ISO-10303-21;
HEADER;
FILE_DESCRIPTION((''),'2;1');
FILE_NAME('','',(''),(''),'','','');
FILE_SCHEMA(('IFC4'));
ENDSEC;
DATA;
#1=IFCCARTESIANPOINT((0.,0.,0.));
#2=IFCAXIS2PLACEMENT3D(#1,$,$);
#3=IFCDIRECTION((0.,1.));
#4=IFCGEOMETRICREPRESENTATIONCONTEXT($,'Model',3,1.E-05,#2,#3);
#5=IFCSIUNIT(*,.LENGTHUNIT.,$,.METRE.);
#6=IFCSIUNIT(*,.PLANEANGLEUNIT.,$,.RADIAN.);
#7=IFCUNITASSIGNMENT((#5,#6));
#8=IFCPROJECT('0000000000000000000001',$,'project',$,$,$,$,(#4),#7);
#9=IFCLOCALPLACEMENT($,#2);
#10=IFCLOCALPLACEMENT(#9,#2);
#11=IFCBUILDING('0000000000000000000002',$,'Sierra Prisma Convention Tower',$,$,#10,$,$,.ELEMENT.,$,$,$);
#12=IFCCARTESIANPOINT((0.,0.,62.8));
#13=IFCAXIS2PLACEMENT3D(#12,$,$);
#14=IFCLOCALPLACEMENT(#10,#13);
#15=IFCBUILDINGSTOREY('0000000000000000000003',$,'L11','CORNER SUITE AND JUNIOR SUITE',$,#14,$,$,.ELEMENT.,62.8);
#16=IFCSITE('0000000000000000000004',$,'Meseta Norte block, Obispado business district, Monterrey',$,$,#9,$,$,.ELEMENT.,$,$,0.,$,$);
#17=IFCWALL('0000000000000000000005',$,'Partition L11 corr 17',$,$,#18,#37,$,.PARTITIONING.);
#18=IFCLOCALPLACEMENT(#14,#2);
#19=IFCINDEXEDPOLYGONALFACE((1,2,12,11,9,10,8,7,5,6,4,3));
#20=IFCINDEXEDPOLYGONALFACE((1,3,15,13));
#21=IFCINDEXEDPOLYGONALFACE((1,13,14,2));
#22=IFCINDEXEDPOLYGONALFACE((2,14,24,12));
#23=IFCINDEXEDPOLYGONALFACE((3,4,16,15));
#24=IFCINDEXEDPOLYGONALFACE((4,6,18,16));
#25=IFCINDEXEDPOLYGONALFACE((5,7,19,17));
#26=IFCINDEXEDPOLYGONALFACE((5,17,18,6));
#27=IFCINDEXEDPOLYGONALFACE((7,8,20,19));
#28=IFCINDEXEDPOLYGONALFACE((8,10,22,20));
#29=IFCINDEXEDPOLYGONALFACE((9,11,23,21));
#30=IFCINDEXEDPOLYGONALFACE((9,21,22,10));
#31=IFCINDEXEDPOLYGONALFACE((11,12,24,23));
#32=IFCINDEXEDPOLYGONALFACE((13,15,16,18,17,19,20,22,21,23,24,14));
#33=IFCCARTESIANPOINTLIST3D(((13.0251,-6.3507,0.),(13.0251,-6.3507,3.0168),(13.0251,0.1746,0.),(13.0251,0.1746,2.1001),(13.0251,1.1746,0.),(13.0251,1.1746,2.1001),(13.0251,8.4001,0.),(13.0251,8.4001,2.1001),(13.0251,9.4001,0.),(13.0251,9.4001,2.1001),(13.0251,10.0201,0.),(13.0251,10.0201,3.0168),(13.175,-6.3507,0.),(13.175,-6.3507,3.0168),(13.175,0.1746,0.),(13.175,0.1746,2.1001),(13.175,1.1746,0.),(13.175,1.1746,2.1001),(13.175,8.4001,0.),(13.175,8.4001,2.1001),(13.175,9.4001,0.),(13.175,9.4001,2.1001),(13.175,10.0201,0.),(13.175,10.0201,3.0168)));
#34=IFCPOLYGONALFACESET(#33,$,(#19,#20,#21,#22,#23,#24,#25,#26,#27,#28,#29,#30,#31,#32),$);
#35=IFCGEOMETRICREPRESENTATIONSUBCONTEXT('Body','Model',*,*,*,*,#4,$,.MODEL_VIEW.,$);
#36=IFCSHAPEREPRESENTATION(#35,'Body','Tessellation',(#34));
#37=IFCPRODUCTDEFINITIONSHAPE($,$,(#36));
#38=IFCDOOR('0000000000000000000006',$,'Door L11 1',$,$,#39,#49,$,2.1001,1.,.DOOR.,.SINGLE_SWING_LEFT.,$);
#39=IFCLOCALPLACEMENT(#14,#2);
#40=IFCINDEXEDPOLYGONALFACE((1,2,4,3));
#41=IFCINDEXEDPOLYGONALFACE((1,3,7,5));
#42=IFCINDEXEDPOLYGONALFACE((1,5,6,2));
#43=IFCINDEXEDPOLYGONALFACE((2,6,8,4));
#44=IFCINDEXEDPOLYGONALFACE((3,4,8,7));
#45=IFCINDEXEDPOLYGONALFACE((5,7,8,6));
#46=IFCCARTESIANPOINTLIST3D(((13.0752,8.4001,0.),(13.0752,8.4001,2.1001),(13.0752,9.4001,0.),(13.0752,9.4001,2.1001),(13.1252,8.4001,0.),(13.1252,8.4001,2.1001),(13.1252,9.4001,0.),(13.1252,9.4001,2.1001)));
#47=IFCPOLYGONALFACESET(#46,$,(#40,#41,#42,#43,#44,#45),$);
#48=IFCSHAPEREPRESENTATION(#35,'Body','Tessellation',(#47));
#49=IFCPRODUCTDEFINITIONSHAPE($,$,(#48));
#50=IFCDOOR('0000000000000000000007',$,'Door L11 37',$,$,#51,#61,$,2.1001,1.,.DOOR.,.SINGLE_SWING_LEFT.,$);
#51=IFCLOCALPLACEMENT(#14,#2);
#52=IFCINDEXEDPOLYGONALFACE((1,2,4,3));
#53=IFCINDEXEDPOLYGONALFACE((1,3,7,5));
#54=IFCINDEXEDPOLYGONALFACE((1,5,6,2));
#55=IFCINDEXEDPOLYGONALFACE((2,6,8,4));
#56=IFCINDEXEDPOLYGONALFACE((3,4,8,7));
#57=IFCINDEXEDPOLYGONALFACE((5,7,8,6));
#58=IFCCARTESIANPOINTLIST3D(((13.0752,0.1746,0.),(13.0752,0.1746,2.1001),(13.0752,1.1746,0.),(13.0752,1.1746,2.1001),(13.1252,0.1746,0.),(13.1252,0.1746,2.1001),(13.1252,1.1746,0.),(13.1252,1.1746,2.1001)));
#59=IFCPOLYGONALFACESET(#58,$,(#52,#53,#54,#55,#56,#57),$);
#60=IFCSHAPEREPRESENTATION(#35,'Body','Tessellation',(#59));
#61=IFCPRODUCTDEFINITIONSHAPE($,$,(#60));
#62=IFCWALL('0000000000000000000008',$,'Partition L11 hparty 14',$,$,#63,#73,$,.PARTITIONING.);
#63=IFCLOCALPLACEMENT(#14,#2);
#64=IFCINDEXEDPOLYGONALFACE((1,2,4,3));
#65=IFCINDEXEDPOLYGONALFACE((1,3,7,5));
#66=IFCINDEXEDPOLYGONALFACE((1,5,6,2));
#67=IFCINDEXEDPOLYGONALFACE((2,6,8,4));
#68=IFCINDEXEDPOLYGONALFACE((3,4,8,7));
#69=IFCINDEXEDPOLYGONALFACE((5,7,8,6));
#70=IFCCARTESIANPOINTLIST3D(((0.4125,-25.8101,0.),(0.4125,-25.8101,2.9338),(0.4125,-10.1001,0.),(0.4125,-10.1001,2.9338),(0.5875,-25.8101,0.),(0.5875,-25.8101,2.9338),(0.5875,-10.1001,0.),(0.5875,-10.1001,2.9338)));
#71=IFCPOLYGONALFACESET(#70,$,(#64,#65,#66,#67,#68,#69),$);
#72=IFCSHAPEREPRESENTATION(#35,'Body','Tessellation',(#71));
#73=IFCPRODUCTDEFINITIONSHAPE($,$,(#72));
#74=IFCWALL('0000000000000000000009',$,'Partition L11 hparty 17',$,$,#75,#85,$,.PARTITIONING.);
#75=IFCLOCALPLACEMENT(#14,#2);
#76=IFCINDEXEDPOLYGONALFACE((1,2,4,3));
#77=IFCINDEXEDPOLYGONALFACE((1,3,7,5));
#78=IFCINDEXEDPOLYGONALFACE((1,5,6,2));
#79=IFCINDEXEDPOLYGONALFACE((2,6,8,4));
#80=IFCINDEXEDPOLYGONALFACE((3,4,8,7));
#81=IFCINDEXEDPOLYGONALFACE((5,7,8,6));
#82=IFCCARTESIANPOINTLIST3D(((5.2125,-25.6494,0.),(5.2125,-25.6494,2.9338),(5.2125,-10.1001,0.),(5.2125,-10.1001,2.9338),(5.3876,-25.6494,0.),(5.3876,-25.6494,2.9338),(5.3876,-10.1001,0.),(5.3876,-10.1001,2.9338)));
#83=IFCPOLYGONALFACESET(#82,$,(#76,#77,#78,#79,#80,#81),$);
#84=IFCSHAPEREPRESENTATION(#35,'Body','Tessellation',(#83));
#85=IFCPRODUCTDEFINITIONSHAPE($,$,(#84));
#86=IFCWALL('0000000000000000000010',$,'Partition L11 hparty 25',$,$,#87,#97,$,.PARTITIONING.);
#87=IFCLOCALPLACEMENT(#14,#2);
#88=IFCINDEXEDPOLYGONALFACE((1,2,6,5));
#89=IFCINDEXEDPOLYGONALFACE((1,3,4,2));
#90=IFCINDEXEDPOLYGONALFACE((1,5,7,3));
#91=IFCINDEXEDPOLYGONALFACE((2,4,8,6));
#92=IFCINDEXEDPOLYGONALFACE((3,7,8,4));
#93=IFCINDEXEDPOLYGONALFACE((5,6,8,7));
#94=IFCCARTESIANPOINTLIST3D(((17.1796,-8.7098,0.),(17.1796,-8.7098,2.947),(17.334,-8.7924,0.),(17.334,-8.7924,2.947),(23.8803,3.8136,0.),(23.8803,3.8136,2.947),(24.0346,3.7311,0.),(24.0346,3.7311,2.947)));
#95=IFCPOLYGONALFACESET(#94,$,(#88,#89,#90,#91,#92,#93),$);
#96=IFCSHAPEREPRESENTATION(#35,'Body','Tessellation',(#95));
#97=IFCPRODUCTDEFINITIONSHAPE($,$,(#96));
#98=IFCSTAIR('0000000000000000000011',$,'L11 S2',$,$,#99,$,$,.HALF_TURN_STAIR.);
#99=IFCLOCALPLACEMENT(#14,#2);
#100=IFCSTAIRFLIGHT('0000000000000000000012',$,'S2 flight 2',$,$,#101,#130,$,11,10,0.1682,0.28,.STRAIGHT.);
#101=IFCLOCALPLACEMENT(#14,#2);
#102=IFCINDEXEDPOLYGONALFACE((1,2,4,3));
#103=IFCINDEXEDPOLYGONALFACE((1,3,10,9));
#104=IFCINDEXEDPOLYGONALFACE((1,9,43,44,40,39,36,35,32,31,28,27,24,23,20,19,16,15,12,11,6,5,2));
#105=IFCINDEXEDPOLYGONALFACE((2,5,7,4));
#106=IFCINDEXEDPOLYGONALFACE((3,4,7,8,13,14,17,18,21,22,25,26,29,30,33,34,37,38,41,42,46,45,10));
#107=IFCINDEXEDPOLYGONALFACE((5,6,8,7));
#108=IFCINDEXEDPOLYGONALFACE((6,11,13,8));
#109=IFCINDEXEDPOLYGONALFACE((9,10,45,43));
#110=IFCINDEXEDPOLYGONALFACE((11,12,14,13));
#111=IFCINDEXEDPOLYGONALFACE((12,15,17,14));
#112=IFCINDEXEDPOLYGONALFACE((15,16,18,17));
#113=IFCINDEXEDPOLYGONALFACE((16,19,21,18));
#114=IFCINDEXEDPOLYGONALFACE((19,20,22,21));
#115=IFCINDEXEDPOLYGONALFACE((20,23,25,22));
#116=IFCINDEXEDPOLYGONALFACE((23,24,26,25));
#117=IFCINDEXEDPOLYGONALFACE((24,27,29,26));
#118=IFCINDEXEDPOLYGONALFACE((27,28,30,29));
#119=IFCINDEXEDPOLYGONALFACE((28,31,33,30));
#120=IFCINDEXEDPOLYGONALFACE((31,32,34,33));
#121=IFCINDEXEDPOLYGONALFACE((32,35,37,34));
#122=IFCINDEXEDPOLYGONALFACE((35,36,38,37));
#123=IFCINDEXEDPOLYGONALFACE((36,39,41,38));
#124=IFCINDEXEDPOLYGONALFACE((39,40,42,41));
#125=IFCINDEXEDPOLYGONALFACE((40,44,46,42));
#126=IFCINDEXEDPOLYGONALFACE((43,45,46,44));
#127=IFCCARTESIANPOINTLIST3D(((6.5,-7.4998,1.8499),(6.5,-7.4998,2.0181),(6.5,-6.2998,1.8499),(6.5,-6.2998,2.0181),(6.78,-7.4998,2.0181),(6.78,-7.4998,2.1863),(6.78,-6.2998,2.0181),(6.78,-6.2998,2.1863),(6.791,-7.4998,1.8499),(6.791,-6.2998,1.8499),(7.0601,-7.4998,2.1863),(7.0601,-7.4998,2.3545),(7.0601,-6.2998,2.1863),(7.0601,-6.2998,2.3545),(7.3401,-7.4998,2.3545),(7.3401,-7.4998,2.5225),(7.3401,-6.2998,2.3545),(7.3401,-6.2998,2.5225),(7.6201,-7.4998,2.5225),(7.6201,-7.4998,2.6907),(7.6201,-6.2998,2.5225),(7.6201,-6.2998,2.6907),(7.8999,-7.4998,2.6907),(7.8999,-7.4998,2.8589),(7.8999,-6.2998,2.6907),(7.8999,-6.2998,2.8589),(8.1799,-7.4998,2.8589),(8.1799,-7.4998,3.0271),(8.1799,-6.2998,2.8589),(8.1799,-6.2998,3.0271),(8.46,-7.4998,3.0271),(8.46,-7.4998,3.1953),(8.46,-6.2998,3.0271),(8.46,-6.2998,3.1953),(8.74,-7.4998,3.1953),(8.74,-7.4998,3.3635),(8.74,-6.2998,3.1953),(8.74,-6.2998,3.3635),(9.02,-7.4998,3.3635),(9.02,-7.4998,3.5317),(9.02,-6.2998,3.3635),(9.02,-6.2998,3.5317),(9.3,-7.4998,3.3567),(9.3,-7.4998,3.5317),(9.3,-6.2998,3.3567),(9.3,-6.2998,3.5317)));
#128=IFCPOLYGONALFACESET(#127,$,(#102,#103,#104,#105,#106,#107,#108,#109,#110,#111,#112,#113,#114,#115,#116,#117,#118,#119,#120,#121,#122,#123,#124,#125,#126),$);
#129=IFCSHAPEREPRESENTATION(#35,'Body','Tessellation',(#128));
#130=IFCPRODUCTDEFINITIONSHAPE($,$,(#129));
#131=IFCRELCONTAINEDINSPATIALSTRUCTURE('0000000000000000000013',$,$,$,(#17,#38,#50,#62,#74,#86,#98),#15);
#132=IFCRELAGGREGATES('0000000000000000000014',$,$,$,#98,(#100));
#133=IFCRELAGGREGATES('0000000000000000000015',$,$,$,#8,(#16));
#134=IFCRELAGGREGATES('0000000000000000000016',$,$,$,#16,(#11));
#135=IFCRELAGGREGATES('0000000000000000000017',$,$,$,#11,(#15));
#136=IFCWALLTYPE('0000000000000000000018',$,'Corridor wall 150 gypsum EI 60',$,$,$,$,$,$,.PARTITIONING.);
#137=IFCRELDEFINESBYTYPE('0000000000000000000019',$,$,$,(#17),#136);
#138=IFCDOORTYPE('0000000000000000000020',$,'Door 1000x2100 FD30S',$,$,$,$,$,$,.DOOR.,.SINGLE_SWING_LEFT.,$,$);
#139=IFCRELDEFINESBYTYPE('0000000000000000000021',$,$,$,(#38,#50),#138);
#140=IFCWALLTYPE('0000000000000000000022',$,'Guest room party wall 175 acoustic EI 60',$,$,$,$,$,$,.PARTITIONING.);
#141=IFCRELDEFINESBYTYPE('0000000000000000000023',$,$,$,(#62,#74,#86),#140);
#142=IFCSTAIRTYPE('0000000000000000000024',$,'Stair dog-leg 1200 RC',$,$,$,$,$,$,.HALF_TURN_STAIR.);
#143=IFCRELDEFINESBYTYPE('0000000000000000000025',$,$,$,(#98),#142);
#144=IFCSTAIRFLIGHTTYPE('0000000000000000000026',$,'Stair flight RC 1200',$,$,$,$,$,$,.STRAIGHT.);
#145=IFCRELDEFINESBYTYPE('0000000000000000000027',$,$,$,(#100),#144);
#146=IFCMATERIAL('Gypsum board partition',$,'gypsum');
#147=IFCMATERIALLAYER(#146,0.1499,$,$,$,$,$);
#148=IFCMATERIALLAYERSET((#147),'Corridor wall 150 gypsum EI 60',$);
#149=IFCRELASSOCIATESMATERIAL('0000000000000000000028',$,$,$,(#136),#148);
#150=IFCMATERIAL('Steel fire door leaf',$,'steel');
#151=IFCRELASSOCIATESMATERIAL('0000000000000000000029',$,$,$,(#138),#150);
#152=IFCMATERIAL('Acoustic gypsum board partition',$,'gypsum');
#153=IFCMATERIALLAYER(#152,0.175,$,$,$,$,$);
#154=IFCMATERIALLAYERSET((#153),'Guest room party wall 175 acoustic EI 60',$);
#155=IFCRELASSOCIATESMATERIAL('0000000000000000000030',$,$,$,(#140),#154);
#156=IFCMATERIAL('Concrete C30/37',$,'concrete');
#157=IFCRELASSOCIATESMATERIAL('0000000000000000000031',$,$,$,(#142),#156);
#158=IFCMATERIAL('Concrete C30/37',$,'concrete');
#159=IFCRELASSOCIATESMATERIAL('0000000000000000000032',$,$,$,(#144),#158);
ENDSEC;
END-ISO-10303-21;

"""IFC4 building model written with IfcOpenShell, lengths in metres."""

from ifc_helpers import new_model, si_unit, direction, frame, frame_2d, origin, place, context, subcontext, project, spatial, polyline, rectangle, outline, extrude, material, layer, layer_set, type_object, element, fill, aggregate, save


model = new_model("IFC4")

# Units and contexts
model_context = context("Model", 3, precision=1e-05, world=origin(), true_north=direction((0.0, 1.0)))
body_context = subcontext(model_context, "Body", "Model", "MODEL_VIEW")
ifc_project = project(units=[si_unit("LENGTHUNIT", "METRE"), si_unit("PLANEANGLEUNIT", "RADIAN")], contexts=[model_context])

# Site, building, storey
site_placement = place(None, origin())
site = spatial("IfcSite", under=ifc_project, at=site_placement, Name="Meseta Norte block, Obispado business district, Monterrey", CompositionType="ELEMENT", RefElevation=0.0)
building_placement = place(site_placement, origin())
building = spatial("IfcBuilding", under=site, at=building_placement, Name="Sierra Prisma Convention Tower", CompositionType="ELEMENT")
storey_placement = place(building_placement, frame((0.0, 0.0, 62.8)))
storey = spatial("IfcBuildingStorey", under=building, at=storey_placement, Name="L11", Description="CORNER SUITE AND JUNIOR SUITE", CompositionType="ELEMENT", Elevation=62.8)

# Shared definitions
ifc_material_1 = material(Name="Gypsum board partition", Category="gypsum")
ifc_layer_1 = layer(ifc_material_1, 0.1499)
ifc_layer_set_1 = layer_set([ifc_layer_1], Name="Corridor wall 150 gypsum EI 60")
wall_type_1 = type_object("IfcWallType", Name="Corridor wall 150 gypsum EI 60", PredefinedType="PARTITIONING", material=ifc_layer_set_1)

# Wall, openings, doors
ifc_material_2 = material(Name="Steel fire door leaf", Category="steel")
door_type_1 = type_object("IfcDoorType", Name="Door 1000x2100 FD30S", OperationType="SINGLE_SWING_LEFT", PredefinedType="DOOR", material=ifc_material_2)
wall_1_placement = place(storey_placement, frame((13.1001, -6.3508, 0.0), z_axis=(0.0, 0.0, 1.0), x_axis=(0.0, 1.0, 0.0)))
wall_1 = element("IfcWall", 1, at=wall_1_placement, inside=storey, type_object=wall_type_1, Name="Partition L11 corr 17", PredefinedType="PARTITIONING", context=body_context, shape_type="SweptSolid", body=[
    extrude(rectangle(XDim=16.3708, YDim=0.1499, at=frame_2d((8.1855, 0.0))), origin(), (0.0, 0.0, 1.0), 3.0168),
])
opening_1_placement = place(wall_1_placement, frame((14.751, 0.0, 0.0)))
opening_1 = element("IfcOpeningElement", 2, at=opening_1_placement, cuts=wall_1, PredefinedType="OPENING", context=body_context, shape_type="SweptSolid", body=[
    extrude(rectangle(XDim=1.0, YDim=2.1001, at=frame_2d((0.5, 1.05))), frame((0.0, 0.075, 0.0), z_axis=(0.0, -1.0, 0.0), x_axis=(1.0, 0.0, 0.0)), (0.0, 0.0, 1.0), 0.1499),
])
opening_2_placement = place(wall_1_placement, frame((6.5254, 0.0, 0.0)))
opening_2 = element("IfcOpeningElement", 3, at=opening_2_placement, cuts=wall_1, PredefinedType="OPENING", context=body_context, shape_type="SweptSolid", body=[
    extrude(rectangle(XDim=1.0, YDim=2.1001, at=frame_2d((0.5, 1.05))), frame((0.0, 0.075, 0.0), z_axis=(0.0, -1.0, 0.0), x_axis=(1.0, 0.0, 0.0)), (0.0, 0.0, 1.0), 0.1499),
])
door_1_placement = place(opening_1_placement, origin())
door_1 = element("IfcDoor", 4, at=door_1_placement, inside=storey, type_object=door_type_1, Name="Door L11 1", OperationType="SINGLE_SWING_LEFT", OverallHeight=2.1001, OverallWidth=1.0, PredefinedType="DOOR", context=body_context, shape_type="SweptSolid", body=[
    extrude(rectangle(XDim=1.0, YDim=2.1001, at=frame_2d((0.5, 1.05))), frame((0.0, 0.0249, 0.0), z_axis=(0.0, -1.0, 0.0), x_axis=(1.0, 0.0, 0.0)), (0.0, 0.0, 1.0), 0.05),
])
fill(opening_1, door_1)
door_2_placement = place(opening_2_placement, origin())
door_2 = element("IfcDoor", 5, at=door_2_placement, inside=storey, type_object=door_type_1, Name="Door L11 37", OperationType="SINGLE_SWING_LEFT", OverallHeight=2.1001, OverallWidth=1.0, PredefinedType="DOOR", context=body_context, shape_type="SweptSolid", body=[
    extrude(rectangle(XDim=1.0, YDim=2.1001, at=frame_2d((0.5, 1.05))), frame((0.0, 0.0249, 0.0), z_axis=(0.0, -1.0, 0.0), x_axis=(1.0, 0.0, 0.0)), (0.0, 0.0, 1.0), 0.05),
])
fill(opening_2, door_2)

# Walls
ifc_material_3 = material(Name="Acoustic gypsum board partition", Category="gypsum")
ifc_layer_2 = layer(ifc_material_3, 0.175)
ifc_layer_set_2 = layer_set([ifc_layer_2], Name="Guest room party wall 175 acoustic EI 60")
wall_type_2 = type_object("IfcWallType", Name="Guest room party wall 175 acoustic EI 60", PredefinedType="PARTITIONING", material=ifc_layer_set_2)
wall_2_placement = place(storey_placement, frame((0.5, -10.1001, 0.0), z_axis=(0.0, 0.0, 1.0), x_axis=(0.0, -1.0, 0.0)))
element("IfcWall", 6, at=wall_2_placement, inside=storey, type_object=wall_type_2, Name="Partition L11 hparty 14", PredefinedType="PARTITIONING", context=body_context, shape_type="SweptSolid", body=[
    extrude(rectangle(XDim=15.71, YDim=0.175, at=frame_2d((7.855, 0.0))), origin(), (0.0, 0.0, 1.0), 2.9338),
])
wall_3_placement = place(storey_placement, frame((5.3, -10.1001, 0.0), z_axis=(0.0, 0.0, 1.0), x_axis=(0.0, -1.0, 0.0)))
element("IfcWall", 7, at=wall_3_placement, inside=storey, type_object=wall_type_2, Name="Partition L11 hparty 17", PredefinedType="PARTITIONING", context=body_context, shape_type="SweptSolid", body=[
    extrude(rectangle(XDim=15.5493, YDim=0.175, at=frame_2d((7.7747, 0.0))), origin(), (0.0, 0.0, 1.0), 2.9338),
])
wall_4_placement = place(storey_placement, frame((17.2568, -8.751, 0.0), z_axis=(0.0, 0.0, 1.0), x_axis=(0.471767, 0.881723, 0.0)))
element("IfcWall", 8, at=wall_4_placement, inside=storey, type_object=wall_type_2, Name="Partition L11 hparty 25", PredefinedType="PARTITIONING", context=body_context, shape_type="SweptSolid", body=[
    extrude(rectangle(XDim=14.2034, YDim=0.175, at=frame_2d((7.1016, 0.0))), origin(), (0.0, 0.0, 1.0), 2.947),
])

# Stair, stair flight
ifc_material_4 = material(Name="Concrete C30/37", Category="concrete")
stair_type = type_object("IfcStairType", Name="Stair dog-leg 1200 RC", PredefinedType="HALF_TURN_STAIR", material=ifc_material_4)
stair_placement = place(storey_placement, origin())
stair = element("IfcStair", 9, at=stair_placement, inside=storey, type_object=stair_type, Name="L11 S2", PredefinedType="HALF_TURN_STAIR")
ifc_material_5 = material(Name="Concrete C30/37", Category="concrete")
stair_flight_type = type_object("IfcStairFlightType", Name="Stair flight RC 1200", PredefinedType="STRAIGHT", material=ifc_material_5)
stair_flight_placement = place(storey_placement, frame((6.5, -6.8999, 1.8499), z_axis=(0.0, 0.0, 1.0), x_axis=(1.0, 0.0, 0.0)))
stair_flight = element("IfcStairFlight", 10, at=stair_flight_placement, type_object=stair_flight_type, Name="S2 flight 2", NumberOfRisers=11, NumberOfTreads=10, PredefinedType="STRAIGHT", RiserHeight=0.1682, TreadLength=0.28, context=body_context, shape_type="SweptSolid", body=[
    extrude(outline(polyline([(0.0, 0.0), (0.0, 0.1682), (0.28, 0.1682), (0.28, 0.3364), (0.5601, 0.3364), (0.5601, 0.5046), (0.8401, 0.5046), (0.8401, 0.6726), (1.1201, 0.6726), (1.1201, 0.8408), (1.3999, 0.8408), (1.3999, 1.009), (1.6799, 1.009), (1.6799, 1.1772), (1.96, 1.1772), (1.96, 1.3455), (2.24, 1.3455), (2.24, 1.5137), (2.52, 1.5137), (2.52, 1.6819), (2.8, 1.6819), (2.8, 1.8501), (2.8, 1.5068), (0.291, 0.0), (0.0, 0.0)])), frame((0.0, 0.6001, 0.0), z_axis=(0.0, -1.0, 0.0), x_axis=(1.0, 0.0, 0.0)), (0.0, 0.0, 1.0), 1.2),
])
aggregate(stair, [stair_flight])

save(model, "model.ifc")
